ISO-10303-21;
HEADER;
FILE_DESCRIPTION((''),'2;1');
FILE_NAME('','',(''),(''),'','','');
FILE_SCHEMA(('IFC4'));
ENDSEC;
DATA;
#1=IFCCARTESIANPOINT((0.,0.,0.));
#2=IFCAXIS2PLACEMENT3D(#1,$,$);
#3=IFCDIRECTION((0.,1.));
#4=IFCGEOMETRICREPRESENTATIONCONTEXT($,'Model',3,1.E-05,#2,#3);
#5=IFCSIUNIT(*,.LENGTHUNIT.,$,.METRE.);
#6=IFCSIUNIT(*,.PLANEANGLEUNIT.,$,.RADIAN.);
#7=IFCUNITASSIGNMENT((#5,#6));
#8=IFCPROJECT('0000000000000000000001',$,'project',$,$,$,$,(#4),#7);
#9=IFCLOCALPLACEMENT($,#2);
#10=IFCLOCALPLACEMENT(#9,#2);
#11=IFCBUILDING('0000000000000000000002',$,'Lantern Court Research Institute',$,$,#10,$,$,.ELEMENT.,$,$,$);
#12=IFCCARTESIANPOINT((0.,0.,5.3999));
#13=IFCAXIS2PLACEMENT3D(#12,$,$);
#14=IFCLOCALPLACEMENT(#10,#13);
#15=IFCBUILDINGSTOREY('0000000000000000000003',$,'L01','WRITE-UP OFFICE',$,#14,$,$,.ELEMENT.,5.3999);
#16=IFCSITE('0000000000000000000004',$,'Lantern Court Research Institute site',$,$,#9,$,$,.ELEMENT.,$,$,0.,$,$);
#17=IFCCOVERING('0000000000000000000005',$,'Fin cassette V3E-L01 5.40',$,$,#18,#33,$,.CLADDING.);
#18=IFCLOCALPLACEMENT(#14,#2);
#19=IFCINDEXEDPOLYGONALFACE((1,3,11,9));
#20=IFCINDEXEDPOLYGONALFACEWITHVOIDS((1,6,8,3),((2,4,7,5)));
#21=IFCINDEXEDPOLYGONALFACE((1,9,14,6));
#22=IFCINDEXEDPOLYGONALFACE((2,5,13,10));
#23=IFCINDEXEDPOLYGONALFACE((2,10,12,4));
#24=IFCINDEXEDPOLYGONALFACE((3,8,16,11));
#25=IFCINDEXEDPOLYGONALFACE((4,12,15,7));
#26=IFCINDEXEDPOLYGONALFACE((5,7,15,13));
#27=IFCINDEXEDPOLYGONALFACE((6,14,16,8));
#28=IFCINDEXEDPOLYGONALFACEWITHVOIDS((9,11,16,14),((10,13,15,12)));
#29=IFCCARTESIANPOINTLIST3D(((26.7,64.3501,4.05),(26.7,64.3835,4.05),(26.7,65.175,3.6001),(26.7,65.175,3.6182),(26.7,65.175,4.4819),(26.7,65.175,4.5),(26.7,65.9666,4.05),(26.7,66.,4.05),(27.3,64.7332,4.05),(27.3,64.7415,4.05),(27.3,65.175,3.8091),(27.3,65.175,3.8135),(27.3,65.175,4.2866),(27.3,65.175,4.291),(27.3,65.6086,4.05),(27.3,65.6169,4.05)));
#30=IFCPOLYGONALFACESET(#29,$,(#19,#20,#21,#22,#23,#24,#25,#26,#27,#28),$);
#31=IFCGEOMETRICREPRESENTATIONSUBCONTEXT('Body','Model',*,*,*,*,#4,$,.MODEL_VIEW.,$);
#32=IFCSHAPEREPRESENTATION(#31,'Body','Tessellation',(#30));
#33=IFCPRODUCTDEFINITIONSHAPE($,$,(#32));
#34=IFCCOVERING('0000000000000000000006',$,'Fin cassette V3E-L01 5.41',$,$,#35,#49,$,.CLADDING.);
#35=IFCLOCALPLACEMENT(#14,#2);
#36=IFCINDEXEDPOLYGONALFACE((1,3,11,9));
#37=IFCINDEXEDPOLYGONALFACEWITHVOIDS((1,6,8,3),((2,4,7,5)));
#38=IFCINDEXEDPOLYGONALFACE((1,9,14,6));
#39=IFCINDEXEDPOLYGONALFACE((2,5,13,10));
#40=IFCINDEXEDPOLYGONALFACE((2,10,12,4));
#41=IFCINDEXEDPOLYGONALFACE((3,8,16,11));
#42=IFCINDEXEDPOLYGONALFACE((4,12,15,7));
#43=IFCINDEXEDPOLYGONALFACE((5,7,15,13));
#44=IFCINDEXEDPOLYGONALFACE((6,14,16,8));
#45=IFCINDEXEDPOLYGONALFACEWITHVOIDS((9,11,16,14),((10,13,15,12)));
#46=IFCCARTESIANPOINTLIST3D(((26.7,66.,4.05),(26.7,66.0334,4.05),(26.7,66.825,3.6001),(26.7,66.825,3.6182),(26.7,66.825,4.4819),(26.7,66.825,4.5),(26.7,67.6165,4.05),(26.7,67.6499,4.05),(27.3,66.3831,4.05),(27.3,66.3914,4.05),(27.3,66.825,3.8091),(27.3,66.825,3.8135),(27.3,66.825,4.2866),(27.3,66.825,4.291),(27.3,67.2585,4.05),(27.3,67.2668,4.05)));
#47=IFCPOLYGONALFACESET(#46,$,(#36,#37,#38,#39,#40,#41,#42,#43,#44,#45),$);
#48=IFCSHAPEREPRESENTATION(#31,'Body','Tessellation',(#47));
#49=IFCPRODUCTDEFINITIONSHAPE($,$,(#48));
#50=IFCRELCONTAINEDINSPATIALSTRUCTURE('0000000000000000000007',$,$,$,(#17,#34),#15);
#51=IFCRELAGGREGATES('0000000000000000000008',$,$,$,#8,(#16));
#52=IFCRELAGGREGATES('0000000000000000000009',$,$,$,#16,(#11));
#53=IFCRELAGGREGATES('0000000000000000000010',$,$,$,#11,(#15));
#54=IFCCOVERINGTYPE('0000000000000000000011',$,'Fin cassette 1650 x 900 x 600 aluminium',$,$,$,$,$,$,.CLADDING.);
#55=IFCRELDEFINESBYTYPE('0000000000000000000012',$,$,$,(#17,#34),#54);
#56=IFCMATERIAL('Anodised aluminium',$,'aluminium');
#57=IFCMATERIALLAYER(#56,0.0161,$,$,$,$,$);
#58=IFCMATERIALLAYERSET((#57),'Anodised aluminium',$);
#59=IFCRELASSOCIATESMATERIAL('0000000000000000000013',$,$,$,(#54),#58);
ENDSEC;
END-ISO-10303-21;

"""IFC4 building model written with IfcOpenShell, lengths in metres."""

from ifc_helpers import new_model, entity, si_unit, direction, frame, origin, place, context, subcontext, project, spatial, material, layer, layer_set, type_object, element, save


model = new_model("IFC4")

# Units and contexts
model_context = context("Model", 3, precision=1e-05, world=origin(), true_north=direction((0.0, 1.0)))
body_context = subcontext(model_context, "Body", "Model", "MODEL_VIEW")
ifc_project = project(units=[si_unit("LENGTHUNIT", "METRE"), si_unit("PLANEANGLEUNIT", "RADIAN")], contexts=[model_context])

# Site, building, storey
site_placement = place(None, origin())
site = spatial("IfcSite", under=ifc_project, at=site_placement, Name="Lantern Court Research Institute site", CompositionType="ELEMENT", RefElevation=0.0)
building_placement = place(site_placement, origin())
building = spatial("IfcBuilding", under=site, at=building_placement, Name="Lantern Court Research Institute", CompositionType="ELEMENT")
storey_placement = place(building_placement, frame((0.0, 0.0, 5.3999)))
storey = spatial("IfcBuildingStorey", under=building, at=storey_placement, Name="L01", Description="WRITE-UP OFFICE", CompositionType="ELEMENT", Elevation=5.3999)

# Coverings
ifc_material_1 = material(Name="Anodised aluminium", Category="aluminium")
ifc_layer_1 = layer(ifc_material_1, 0.0161)
ifc_layer_set_1 = layer_set([ifc_layer_1], Name="Anodised aluminium")
covering_type_1 = type_object("IfcCoveringType", Name="Fin cassette 1650 x 900 x 600 aluminium", PredefinedType="CLADDING", material=ifc_layer_set_1)
covering_1_placement = place(storey_placement, frame((26.7, 65.175, 4.05), z_axis=(1.0, 0.0, 0.0), x_axis=(0.0, 1.0, 0.0)))
cartesian_point_1 = entity("IfcCartesianPoint", [0.825, 0.0])
cartesian_point_2 = entity("IfcCartesianPoint", [0.7915, 0.0])
cartesian_point_3 = entity("IfcCartesianPoint", [0.4419, 0.0])
cartesian_point_4 = entity("IfcCartesianPoint", [0.4336, 0.0])
element("IfcCovering", 1, at=covering_1_placement, inside=storey, type_object=covering_type_1, Name="Fin cassette V3E-L01 5.40", PredefinedType="CLADDING", context=body_context, shape_type="SweptSolid", body=[
    entity("IfcExtrudedAreaSolidTapered", entity("IfcArbitraryProfileDefWithVoids", "AREA", None, entity("IfcPolyline", [cartesian_point_1, entity("IfcCartesianPoint", [0.0, 0.45]), entity("IfcCartesianPoint", [-0.825, 0.0]), entity("IfcCartesianPoint", [0.0, -0.45]), cartesian_point_1]), [entity("IfcPolyline", [cartesian_point_2, entity("IfcCartesianPoint", [0.0, 0.4319]), entity("IfcCartesianPoint", [-0.7915, 0.0]), entity("IfcCartesianPoint", [0.0, -0.4319]), cartesian_point_2])]), entity("IfcAxis2Placement3D", entity("IfcCartesianPoint", [0.0, 0.0, 0.0])), entity("IfcDirection", [0.0, 0.0, 1.0]), 0.6001, entity("IfcArbitraryProfileDefWithVoids", "AREA", None, entity("IfcPolyline", [cartesian_point_3, entity("IfcCartesianPoint", [0.0, 0.241]), entity("IfcCartesianPoint", [-0.4419, 0.0]), entity("IfcCartesianPoint", [0.0, -0.241]), cartesian_point_3]), [entity("IfcPolyline", [cartesian_point_4, entity("IfcCartesianPoint", [0.0, 0.2366]), entity("IfcCartesianPoint", [-0.4336, 0.0]), entity("IfcCartesianPoint", [0.0, -0.2366]), cartesian_point_4])])),
])
covering_2_placement = place(storey_placement, frame((26.7, 66.825, 4.05), z_axis=(1.0, 0.0, 0.0), x_axis=(0.0, 1.0, 0.0)))
cartesian_point_5 = entity("IfcCartesianPoint", [0.825, 0.0])
cartesian_point_6 = entity("IfcCartesianPoint", [0.7915, 0.0])
cartesian_point_7 = entity("IfcCartesianPoint", [0.4419, 0.0])
cartesian_point_8 = entity("IfcCartesianPoint", [0.4336, 0.0])
element("IfcCovering", 2, at=covering_2_placement, inside=storey, type_object=covering_type_1, Name="Fin cassette V3E-L01 5.41", PredefinedType="CLADDING", context=body_context, shape_type="SweptSolid", body=[
    entity("IfcExtrudedAreaSolidTapered", entity("IfcArbitraryProfileDefWithVoids", "AREA", None, entity("IfcPolyline", [cartesian_point_5, entity("IfcCartesianPoint", [0.0, 0.45]), entity("IfcCartesianPoint", [-0.825, 0.0]), entity("IfcCartesianPoint", [0.0, -0.45]), cartesian_point_5]), [entity("IfcPolyline", [cartesian_point_6, entity("IfcCartesianPoint", [0.0, 0.4319]), entity("IfcCartesianPoint", [-0.7915, 0.0]), entity("IfcCartesianPoint", [0.0, -0.4319]), cartesian_point_6])]), entity("IfcAxis2Placement3D", entity("IfcCartesianPoint", [0.0, 0.0, 0.0])), entity("IfcDirection", [0.0, 0.0, 1.0]), 0.6001, entity("IfcArbitraryProfileDefWithVoids", "AREA", None, entity("IfcPolyline", [cartesian_point_7, entity("IfcCartesianPoint", [0.0, 0.241]), entity("IfcCartesianPoint", [-0.4419, 0.0]), entity("IfcCartesianPoint", [0.0, -0.241]), cartesian_point_7]), [entity("IfcPolyline", [cartesian_point_8, entity("IfcCartesianPoint", [0.0, 0.2366]), entity("IfcCartesianPoint", [-0.4336, 0.0]), entity("IfcCartesianPoint", [0.0, -0.2366]), cartesian_point_8])])),
])

save(model, "model.ifc")
